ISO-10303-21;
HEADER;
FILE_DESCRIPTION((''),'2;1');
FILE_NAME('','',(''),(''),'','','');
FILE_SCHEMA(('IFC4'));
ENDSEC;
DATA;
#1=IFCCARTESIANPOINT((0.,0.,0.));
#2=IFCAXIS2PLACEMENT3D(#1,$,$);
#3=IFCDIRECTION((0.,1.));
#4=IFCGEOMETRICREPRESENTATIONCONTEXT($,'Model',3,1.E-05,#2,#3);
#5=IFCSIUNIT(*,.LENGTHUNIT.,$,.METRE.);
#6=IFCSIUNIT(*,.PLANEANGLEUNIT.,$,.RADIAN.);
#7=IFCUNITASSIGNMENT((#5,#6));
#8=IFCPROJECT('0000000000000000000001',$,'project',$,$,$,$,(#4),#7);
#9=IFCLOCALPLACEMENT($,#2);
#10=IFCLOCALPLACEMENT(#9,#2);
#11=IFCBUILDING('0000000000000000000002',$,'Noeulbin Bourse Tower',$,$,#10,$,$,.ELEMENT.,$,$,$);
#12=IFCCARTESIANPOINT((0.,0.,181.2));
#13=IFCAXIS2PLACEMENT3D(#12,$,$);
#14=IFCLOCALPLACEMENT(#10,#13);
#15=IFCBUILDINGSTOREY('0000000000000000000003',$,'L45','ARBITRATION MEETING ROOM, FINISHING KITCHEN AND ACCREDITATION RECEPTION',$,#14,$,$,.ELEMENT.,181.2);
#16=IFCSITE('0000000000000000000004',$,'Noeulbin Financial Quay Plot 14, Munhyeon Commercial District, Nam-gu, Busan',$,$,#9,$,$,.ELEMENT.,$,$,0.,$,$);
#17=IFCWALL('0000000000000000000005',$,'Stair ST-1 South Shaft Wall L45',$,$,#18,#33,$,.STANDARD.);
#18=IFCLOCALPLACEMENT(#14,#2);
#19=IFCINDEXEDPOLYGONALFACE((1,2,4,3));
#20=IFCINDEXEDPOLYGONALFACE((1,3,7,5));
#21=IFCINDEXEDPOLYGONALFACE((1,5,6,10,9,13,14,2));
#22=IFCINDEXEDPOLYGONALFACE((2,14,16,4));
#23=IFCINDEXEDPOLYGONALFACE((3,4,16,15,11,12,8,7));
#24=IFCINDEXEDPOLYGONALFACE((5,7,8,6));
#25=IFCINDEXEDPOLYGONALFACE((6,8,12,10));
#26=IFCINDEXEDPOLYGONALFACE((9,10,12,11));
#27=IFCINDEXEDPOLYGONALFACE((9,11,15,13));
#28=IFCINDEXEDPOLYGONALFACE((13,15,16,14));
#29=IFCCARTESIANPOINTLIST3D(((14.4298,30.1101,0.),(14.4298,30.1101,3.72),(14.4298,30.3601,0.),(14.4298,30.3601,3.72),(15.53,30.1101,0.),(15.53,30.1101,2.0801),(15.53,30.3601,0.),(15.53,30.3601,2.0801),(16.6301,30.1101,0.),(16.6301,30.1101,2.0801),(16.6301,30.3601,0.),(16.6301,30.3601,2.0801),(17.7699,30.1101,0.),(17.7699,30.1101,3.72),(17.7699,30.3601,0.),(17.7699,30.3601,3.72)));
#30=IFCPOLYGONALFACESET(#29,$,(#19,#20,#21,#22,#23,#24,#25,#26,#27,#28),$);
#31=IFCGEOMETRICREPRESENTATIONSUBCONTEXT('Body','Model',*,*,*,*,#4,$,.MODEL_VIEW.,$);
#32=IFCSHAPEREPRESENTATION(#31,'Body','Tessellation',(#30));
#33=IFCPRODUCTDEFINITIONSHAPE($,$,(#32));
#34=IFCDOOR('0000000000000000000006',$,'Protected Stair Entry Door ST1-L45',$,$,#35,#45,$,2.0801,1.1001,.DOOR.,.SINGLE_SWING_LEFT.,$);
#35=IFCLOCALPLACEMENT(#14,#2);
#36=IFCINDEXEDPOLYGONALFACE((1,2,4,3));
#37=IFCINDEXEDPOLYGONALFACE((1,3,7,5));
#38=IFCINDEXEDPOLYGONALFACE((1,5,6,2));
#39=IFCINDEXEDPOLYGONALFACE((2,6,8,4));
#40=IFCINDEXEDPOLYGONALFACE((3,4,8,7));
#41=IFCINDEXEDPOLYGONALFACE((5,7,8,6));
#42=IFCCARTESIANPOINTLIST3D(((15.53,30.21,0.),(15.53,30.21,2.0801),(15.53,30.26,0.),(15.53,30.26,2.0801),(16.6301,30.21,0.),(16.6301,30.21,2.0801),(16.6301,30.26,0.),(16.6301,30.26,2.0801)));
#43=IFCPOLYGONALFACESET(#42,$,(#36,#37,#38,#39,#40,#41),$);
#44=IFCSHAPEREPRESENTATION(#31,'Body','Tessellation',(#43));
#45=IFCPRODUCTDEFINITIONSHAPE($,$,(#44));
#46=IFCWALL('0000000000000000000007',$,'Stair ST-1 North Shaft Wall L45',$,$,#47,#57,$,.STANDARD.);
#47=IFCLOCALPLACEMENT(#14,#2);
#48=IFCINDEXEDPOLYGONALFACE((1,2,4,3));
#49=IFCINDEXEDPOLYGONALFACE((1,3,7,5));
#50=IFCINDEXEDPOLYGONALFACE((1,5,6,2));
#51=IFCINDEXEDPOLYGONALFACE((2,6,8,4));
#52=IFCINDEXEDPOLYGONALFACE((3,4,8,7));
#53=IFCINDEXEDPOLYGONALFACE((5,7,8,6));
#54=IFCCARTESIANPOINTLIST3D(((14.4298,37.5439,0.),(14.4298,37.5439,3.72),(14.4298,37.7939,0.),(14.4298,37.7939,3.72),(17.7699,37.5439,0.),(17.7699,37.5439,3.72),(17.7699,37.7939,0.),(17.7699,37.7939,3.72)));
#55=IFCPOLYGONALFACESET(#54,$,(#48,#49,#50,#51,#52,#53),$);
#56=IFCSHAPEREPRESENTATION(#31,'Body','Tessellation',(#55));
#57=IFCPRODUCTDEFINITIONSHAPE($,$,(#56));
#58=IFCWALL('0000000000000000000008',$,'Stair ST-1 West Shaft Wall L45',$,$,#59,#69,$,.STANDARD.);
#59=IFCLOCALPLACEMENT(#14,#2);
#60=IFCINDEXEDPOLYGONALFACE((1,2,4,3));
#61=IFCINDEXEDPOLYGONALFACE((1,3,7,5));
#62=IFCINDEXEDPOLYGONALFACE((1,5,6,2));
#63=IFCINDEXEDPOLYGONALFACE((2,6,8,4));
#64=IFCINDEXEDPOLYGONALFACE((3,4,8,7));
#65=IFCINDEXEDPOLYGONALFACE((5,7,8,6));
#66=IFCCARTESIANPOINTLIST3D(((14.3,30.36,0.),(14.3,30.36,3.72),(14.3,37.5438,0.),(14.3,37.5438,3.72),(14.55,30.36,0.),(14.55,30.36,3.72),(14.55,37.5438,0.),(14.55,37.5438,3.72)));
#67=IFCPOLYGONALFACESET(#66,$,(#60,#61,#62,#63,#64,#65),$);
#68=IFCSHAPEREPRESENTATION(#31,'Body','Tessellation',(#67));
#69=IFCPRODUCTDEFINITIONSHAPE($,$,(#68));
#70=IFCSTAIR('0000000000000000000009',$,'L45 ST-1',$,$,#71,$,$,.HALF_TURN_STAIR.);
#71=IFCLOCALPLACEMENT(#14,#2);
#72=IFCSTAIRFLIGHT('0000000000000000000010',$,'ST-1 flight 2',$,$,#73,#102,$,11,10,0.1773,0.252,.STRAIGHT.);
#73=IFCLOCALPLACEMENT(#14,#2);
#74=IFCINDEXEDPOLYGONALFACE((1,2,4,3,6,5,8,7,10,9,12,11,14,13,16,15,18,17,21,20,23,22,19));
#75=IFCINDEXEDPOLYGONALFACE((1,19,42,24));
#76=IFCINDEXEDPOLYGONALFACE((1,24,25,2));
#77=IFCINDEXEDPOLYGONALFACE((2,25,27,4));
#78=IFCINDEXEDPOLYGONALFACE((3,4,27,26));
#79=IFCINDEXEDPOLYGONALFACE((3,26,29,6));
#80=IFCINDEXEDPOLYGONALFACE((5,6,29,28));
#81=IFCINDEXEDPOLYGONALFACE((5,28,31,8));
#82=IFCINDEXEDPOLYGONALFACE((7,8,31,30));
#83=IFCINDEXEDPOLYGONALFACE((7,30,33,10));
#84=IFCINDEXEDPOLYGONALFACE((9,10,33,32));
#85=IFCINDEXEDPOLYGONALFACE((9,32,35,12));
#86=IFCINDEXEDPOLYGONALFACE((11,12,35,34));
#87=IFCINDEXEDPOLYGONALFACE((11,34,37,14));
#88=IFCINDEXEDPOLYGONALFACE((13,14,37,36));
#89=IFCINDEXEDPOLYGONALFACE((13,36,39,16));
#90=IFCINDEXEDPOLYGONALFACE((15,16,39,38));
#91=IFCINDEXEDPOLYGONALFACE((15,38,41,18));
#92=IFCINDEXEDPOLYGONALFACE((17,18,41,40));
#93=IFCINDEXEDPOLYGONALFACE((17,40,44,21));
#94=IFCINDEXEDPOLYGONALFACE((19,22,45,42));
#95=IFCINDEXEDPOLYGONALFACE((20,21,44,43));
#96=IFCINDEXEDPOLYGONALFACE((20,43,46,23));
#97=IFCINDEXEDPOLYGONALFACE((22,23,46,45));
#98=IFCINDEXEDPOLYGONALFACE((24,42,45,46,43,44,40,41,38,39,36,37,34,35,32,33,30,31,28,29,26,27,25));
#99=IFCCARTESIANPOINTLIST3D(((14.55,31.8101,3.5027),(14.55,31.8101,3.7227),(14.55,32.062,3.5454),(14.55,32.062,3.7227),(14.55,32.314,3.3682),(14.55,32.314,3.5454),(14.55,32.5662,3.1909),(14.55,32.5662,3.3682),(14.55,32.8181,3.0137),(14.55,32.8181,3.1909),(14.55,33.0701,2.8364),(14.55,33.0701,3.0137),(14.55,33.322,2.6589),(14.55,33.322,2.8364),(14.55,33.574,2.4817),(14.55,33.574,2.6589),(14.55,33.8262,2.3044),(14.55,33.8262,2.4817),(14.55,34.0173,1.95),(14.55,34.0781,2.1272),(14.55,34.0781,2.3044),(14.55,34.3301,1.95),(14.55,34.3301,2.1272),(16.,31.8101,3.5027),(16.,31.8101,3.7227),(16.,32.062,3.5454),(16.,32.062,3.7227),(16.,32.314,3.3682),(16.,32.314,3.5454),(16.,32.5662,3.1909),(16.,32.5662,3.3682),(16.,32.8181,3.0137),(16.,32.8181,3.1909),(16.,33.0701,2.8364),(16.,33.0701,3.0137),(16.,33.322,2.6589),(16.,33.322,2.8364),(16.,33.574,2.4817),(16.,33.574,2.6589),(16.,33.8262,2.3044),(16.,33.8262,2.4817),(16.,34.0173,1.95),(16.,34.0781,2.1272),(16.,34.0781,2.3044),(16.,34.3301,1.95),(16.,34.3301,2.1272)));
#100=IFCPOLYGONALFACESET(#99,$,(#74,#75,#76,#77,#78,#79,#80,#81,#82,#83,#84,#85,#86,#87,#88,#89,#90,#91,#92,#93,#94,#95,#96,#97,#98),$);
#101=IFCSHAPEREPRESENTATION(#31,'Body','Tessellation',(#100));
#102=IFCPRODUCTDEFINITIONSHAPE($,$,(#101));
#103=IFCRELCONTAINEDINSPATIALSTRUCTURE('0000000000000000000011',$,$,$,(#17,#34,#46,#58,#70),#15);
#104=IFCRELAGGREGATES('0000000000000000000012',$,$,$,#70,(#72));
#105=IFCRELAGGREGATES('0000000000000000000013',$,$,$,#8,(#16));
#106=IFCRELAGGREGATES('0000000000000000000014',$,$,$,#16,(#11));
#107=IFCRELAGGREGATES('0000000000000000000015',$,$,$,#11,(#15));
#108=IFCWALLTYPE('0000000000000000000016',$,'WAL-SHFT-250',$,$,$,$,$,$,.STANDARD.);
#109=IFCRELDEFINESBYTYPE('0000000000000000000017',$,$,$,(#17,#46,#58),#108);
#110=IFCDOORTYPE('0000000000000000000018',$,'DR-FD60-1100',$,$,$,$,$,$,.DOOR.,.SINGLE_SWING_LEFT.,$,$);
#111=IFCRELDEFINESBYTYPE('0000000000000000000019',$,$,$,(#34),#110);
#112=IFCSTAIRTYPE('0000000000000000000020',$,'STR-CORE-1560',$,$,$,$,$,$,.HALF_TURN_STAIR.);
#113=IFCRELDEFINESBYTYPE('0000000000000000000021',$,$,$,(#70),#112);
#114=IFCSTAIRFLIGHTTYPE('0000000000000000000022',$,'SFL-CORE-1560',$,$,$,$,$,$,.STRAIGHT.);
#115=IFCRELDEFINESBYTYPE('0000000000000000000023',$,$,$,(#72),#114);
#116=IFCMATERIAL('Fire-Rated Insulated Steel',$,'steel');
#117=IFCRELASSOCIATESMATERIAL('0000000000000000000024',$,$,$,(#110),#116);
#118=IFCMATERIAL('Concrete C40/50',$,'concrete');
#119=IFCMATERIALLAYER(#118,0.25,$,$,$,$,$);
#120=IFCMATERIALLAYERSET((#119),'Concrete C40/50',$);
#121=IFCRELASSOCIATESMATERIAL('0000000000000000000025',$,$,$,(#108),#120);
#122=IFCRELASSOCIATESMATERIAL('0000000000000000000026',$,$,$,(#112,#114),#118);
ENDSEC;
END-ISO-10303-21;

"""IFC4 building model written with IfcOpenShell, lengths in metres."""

from ifc_helpers import new_model, si_unit, direction, frame, frame_2d, origin, place, context, subcontext, project, spatial, polyline, rectangle, outline, extrude, material, layer, layer_set, type_object, element, fill, aggregate, save


model = new_model("IFC4")

# Units and contexts
model_context = context("Model", 3, precision=1e-05, world=origin(), true_north=direction((0.0, 1.0)))
body_context = subcontext(model_context, "Body", "Model", "MODEL_VIEW")
ifc_project = project(units=[si_unit("LENGTHUNIT", "METRE"), si_unit("PLANEANGLEUNIT", "RADIAN")], contexts=[model_context])

# Site, building, storey
site_placement = place(None, origin())
site = spatial("IfcSite", under=ifc_project, at=site_placement, Name="Noeulbin Financial Quay Plot 14, Munhyeon Commercial District, Nam-gu, Busan", CompositionType="ELEMENT", RefElevation=0.0)
building_placement = place(site_placement, origin())
building = spatial("IfcBuilding", under=site, at=building_placement, Name="Noeulbin Bourse Tower", CompositionType="ELEMENT")
storey_placement = place(building_placement, frame((0.0, 0.0, 181.2)))
storey = spatial("IfcBuildingStorey", under=building, at=storey_placement, Name="L45", Description="ARBITRATION MEETING ROOM, FINISHING KITCHEN AND ACCREDITATION RECEPTION", CompositionType="ELEMENT", Elevation=181.2)

# Shared definitions
ifc_material_1 = material(Name="Fire-Rated Insulated Steel", Category="steel")
door_type_1 = type_object("IfcDoorType", Name="DR-FD60-1100", OperationType="SINGLE_SWING_LEFT", PredefinedType="DOOR", material=ifc_material_1)

# Wall, opening, door
ifc_material_2 = material(Name="Concrete C40/50", Category="concrete")
ifc_layer_1 = layer(ifc_material_2, 0.25)
ifc_layer_set_1 = layer_set([ifc_layer_1], Name="Concrete C40/50")
wall_type_1 = type_object("IfcWallType", Name="WAL-SHFT-250", PredefinedType="STANDARD", material=ifc_layer_set_1)
wall_1_placement = place(storey_placement, frame((14.4299, 30.2351, 0.0), z_axis=(0.0, 0.0, 1.0), x_axis=(1.0, 0.0, 0.0)))
wall_1 = element("IfcWall", 1, at=wall_1_placement, inside=storey, type_object=wall_type_1, Name="Stair ST-1 South Shaft Wall L45", PredefinedType="STANDARD", context=body_context, shape_type="SweptSolid", body=[
    extrude(rectangle(XDim=3.3401, YDim=0.25, at=frame_2d((1.6699, 0.0))), origin(), (0.0, 0.0, 1.0), 3.72),
])
opening_1_placement = place(wall_1_placement, frame((1.1001, 0.0, 0.0)))
opening_1 = element("IfcOpeningElement", 2, at=opening_1_placement, cuts=wall_1, PredefinedType="OPENING", context=body_context, shape_type="SweptSolid", body=[
    extrude(rectangle(XDim=1.1001, YDim=2.0801, at=frame_2d((0.55, 1.04))), frame((0.0, 0.135, 0.0), z_axis=(0.0, -1.0, 0.0), x_axis=(1.0, 0.0, 0.0)), (0.0, 0.0, 1.0), 0.27),
])
door_1_placement = place(opening_1_placement, origin())
door_1 = element("IfcDoor", 3, at=door_1_placement, inside=storey, type_object=door_type_1, Name="Protected Stair Entry Door ST1-L45", OperationType="SINGLE_SWING_LEFT", OverallHeight=2.0801, OverallWidth=1.1001, PredefinedType="DOOR", context=body_context, shape_type="SweptSolid", body=[
    extrude(rectangle(XDim=1.1001, YDim=2.0801, at=frame_2d((0.55, 1.04))), frame((0.0, 0.0249, 0.0), z_axis=(0.0, -1.0, 0.0), x_axis=(1.0, 0.0, 0.0)), (0.0, 0.0, 1.0), 0.05),
])
fill(opening_1, door_1)

# Walls
wall_2_placement = place(storey_placement, frame((14.4299, 37.6689, 0.0), z_axis=(0.0, 0.0, 1.0), x_axis=(1.0, 0.0, 0.0)))
element("IfcWall", 4, at=wall_2_placement, inside=storey, type_object=wall_type_1, Name="Stair ST-1 North Shaft Wall L45", PredefinedType="STANDARD", context=body_context, shape_type="SweptSolid", body=[
    extrude(rectangle(XDim=3.3401, YDim=0.25, at=frame_2d((1.6699, 0.0))), origin(), (0.0, 0.0, 1.0), 3.72),
])
wall_3_placement = place(storey_placement, frame((14.425, 30.3601, 0.0), z_axis=(0.0, 0.0, 1.0), x_axis=(0.0, 1.0, 0.0)))
element("IfcWall", 5, at=wall_3_placement, inside=storey, type_object=wall_type_1, Name="Stair ST-1 West Shaft Wall L45", PredefinedType="STANDARD", context=body_context, shape_type="SweptSolid", body=[
    extrude(rectangle(XDim=7.1838, YDim=0.25, at=frame_2d((3.5918, 0.0))), origin(), (0.0, 0.0, 1.0), 3.72),
])

# Stair, stair flight
stair_type = type_object("IfcStairType", Name="STR-CORE-1560", PredefinedType="HALF_TURN_STAIR", material=ifc_material_2)
stair_placement = place(storey_placement, origin())
stair = element("IfcStair", 6, at=stair_placement, inside=storey, type_object=stair_type, Name="L45 ST-1", PredefinedType="HALF_TURN_STAIR")
stair_flight_type = type_object("IfcStairFlightType", Name="SFL-CORE-1560", PredefinedType="STRAIGHT", material=ifc_material_2)
stair_flight_placement = place(storey_placement, frame((15.2749, 34.3301, 1.95), z_axis=(0.0, 0.0, 1.0), x_axis=(0.0, -1.0, 0.0)))
stair_flight = element("IfcStairFlight", 7, at=stair_flight_placement, type_object=stair_flight_type, Name="ST-1 flight 2", NumberOfRisers=11, NumberOfTreads=10, PredefinedType="STRAIGHT", RiserHeight=0.1773, TreadLength=0.252, context=body_context, shape_type="SweptSolid", body=[
    extrude(outline(polyline([(0.0, 0.0), (0.0, 0.1772), (0.252, 0.1772), (0.252, 0.3545), (0.5039, 0.3545), (0.5039, 0.5317), (0.7561, 0.5317), (0.7561, 0.709), (1.0081, 0.709), (1.0081, 0.8865), (1.26, 0.8865), (1.26, 1.0637), (1.512, 1.0637), (1.512, 1.241), (1.7639, 1.241), (1.7639, 1.4182), (2.0161, 1.4182), (2.0161, 1.5955), (2.2681, 1.5955), (2.2681, 1.7727), (2.52, 1.7727), (2.52, 1.95), (2.52, 1.5527), (0.3127, 0.0), (0.0, 0.0)])), frame((0.0, 0.7251, 0.0), z_axis=(0.0, -1.0, 0.0), x_axis=(1.0, 0.0, 0.0)), (0.0, 0.0, 1.0), 1.45),
])
aggregate(stair, [stair_flight])

save(model, "model.ifc")
